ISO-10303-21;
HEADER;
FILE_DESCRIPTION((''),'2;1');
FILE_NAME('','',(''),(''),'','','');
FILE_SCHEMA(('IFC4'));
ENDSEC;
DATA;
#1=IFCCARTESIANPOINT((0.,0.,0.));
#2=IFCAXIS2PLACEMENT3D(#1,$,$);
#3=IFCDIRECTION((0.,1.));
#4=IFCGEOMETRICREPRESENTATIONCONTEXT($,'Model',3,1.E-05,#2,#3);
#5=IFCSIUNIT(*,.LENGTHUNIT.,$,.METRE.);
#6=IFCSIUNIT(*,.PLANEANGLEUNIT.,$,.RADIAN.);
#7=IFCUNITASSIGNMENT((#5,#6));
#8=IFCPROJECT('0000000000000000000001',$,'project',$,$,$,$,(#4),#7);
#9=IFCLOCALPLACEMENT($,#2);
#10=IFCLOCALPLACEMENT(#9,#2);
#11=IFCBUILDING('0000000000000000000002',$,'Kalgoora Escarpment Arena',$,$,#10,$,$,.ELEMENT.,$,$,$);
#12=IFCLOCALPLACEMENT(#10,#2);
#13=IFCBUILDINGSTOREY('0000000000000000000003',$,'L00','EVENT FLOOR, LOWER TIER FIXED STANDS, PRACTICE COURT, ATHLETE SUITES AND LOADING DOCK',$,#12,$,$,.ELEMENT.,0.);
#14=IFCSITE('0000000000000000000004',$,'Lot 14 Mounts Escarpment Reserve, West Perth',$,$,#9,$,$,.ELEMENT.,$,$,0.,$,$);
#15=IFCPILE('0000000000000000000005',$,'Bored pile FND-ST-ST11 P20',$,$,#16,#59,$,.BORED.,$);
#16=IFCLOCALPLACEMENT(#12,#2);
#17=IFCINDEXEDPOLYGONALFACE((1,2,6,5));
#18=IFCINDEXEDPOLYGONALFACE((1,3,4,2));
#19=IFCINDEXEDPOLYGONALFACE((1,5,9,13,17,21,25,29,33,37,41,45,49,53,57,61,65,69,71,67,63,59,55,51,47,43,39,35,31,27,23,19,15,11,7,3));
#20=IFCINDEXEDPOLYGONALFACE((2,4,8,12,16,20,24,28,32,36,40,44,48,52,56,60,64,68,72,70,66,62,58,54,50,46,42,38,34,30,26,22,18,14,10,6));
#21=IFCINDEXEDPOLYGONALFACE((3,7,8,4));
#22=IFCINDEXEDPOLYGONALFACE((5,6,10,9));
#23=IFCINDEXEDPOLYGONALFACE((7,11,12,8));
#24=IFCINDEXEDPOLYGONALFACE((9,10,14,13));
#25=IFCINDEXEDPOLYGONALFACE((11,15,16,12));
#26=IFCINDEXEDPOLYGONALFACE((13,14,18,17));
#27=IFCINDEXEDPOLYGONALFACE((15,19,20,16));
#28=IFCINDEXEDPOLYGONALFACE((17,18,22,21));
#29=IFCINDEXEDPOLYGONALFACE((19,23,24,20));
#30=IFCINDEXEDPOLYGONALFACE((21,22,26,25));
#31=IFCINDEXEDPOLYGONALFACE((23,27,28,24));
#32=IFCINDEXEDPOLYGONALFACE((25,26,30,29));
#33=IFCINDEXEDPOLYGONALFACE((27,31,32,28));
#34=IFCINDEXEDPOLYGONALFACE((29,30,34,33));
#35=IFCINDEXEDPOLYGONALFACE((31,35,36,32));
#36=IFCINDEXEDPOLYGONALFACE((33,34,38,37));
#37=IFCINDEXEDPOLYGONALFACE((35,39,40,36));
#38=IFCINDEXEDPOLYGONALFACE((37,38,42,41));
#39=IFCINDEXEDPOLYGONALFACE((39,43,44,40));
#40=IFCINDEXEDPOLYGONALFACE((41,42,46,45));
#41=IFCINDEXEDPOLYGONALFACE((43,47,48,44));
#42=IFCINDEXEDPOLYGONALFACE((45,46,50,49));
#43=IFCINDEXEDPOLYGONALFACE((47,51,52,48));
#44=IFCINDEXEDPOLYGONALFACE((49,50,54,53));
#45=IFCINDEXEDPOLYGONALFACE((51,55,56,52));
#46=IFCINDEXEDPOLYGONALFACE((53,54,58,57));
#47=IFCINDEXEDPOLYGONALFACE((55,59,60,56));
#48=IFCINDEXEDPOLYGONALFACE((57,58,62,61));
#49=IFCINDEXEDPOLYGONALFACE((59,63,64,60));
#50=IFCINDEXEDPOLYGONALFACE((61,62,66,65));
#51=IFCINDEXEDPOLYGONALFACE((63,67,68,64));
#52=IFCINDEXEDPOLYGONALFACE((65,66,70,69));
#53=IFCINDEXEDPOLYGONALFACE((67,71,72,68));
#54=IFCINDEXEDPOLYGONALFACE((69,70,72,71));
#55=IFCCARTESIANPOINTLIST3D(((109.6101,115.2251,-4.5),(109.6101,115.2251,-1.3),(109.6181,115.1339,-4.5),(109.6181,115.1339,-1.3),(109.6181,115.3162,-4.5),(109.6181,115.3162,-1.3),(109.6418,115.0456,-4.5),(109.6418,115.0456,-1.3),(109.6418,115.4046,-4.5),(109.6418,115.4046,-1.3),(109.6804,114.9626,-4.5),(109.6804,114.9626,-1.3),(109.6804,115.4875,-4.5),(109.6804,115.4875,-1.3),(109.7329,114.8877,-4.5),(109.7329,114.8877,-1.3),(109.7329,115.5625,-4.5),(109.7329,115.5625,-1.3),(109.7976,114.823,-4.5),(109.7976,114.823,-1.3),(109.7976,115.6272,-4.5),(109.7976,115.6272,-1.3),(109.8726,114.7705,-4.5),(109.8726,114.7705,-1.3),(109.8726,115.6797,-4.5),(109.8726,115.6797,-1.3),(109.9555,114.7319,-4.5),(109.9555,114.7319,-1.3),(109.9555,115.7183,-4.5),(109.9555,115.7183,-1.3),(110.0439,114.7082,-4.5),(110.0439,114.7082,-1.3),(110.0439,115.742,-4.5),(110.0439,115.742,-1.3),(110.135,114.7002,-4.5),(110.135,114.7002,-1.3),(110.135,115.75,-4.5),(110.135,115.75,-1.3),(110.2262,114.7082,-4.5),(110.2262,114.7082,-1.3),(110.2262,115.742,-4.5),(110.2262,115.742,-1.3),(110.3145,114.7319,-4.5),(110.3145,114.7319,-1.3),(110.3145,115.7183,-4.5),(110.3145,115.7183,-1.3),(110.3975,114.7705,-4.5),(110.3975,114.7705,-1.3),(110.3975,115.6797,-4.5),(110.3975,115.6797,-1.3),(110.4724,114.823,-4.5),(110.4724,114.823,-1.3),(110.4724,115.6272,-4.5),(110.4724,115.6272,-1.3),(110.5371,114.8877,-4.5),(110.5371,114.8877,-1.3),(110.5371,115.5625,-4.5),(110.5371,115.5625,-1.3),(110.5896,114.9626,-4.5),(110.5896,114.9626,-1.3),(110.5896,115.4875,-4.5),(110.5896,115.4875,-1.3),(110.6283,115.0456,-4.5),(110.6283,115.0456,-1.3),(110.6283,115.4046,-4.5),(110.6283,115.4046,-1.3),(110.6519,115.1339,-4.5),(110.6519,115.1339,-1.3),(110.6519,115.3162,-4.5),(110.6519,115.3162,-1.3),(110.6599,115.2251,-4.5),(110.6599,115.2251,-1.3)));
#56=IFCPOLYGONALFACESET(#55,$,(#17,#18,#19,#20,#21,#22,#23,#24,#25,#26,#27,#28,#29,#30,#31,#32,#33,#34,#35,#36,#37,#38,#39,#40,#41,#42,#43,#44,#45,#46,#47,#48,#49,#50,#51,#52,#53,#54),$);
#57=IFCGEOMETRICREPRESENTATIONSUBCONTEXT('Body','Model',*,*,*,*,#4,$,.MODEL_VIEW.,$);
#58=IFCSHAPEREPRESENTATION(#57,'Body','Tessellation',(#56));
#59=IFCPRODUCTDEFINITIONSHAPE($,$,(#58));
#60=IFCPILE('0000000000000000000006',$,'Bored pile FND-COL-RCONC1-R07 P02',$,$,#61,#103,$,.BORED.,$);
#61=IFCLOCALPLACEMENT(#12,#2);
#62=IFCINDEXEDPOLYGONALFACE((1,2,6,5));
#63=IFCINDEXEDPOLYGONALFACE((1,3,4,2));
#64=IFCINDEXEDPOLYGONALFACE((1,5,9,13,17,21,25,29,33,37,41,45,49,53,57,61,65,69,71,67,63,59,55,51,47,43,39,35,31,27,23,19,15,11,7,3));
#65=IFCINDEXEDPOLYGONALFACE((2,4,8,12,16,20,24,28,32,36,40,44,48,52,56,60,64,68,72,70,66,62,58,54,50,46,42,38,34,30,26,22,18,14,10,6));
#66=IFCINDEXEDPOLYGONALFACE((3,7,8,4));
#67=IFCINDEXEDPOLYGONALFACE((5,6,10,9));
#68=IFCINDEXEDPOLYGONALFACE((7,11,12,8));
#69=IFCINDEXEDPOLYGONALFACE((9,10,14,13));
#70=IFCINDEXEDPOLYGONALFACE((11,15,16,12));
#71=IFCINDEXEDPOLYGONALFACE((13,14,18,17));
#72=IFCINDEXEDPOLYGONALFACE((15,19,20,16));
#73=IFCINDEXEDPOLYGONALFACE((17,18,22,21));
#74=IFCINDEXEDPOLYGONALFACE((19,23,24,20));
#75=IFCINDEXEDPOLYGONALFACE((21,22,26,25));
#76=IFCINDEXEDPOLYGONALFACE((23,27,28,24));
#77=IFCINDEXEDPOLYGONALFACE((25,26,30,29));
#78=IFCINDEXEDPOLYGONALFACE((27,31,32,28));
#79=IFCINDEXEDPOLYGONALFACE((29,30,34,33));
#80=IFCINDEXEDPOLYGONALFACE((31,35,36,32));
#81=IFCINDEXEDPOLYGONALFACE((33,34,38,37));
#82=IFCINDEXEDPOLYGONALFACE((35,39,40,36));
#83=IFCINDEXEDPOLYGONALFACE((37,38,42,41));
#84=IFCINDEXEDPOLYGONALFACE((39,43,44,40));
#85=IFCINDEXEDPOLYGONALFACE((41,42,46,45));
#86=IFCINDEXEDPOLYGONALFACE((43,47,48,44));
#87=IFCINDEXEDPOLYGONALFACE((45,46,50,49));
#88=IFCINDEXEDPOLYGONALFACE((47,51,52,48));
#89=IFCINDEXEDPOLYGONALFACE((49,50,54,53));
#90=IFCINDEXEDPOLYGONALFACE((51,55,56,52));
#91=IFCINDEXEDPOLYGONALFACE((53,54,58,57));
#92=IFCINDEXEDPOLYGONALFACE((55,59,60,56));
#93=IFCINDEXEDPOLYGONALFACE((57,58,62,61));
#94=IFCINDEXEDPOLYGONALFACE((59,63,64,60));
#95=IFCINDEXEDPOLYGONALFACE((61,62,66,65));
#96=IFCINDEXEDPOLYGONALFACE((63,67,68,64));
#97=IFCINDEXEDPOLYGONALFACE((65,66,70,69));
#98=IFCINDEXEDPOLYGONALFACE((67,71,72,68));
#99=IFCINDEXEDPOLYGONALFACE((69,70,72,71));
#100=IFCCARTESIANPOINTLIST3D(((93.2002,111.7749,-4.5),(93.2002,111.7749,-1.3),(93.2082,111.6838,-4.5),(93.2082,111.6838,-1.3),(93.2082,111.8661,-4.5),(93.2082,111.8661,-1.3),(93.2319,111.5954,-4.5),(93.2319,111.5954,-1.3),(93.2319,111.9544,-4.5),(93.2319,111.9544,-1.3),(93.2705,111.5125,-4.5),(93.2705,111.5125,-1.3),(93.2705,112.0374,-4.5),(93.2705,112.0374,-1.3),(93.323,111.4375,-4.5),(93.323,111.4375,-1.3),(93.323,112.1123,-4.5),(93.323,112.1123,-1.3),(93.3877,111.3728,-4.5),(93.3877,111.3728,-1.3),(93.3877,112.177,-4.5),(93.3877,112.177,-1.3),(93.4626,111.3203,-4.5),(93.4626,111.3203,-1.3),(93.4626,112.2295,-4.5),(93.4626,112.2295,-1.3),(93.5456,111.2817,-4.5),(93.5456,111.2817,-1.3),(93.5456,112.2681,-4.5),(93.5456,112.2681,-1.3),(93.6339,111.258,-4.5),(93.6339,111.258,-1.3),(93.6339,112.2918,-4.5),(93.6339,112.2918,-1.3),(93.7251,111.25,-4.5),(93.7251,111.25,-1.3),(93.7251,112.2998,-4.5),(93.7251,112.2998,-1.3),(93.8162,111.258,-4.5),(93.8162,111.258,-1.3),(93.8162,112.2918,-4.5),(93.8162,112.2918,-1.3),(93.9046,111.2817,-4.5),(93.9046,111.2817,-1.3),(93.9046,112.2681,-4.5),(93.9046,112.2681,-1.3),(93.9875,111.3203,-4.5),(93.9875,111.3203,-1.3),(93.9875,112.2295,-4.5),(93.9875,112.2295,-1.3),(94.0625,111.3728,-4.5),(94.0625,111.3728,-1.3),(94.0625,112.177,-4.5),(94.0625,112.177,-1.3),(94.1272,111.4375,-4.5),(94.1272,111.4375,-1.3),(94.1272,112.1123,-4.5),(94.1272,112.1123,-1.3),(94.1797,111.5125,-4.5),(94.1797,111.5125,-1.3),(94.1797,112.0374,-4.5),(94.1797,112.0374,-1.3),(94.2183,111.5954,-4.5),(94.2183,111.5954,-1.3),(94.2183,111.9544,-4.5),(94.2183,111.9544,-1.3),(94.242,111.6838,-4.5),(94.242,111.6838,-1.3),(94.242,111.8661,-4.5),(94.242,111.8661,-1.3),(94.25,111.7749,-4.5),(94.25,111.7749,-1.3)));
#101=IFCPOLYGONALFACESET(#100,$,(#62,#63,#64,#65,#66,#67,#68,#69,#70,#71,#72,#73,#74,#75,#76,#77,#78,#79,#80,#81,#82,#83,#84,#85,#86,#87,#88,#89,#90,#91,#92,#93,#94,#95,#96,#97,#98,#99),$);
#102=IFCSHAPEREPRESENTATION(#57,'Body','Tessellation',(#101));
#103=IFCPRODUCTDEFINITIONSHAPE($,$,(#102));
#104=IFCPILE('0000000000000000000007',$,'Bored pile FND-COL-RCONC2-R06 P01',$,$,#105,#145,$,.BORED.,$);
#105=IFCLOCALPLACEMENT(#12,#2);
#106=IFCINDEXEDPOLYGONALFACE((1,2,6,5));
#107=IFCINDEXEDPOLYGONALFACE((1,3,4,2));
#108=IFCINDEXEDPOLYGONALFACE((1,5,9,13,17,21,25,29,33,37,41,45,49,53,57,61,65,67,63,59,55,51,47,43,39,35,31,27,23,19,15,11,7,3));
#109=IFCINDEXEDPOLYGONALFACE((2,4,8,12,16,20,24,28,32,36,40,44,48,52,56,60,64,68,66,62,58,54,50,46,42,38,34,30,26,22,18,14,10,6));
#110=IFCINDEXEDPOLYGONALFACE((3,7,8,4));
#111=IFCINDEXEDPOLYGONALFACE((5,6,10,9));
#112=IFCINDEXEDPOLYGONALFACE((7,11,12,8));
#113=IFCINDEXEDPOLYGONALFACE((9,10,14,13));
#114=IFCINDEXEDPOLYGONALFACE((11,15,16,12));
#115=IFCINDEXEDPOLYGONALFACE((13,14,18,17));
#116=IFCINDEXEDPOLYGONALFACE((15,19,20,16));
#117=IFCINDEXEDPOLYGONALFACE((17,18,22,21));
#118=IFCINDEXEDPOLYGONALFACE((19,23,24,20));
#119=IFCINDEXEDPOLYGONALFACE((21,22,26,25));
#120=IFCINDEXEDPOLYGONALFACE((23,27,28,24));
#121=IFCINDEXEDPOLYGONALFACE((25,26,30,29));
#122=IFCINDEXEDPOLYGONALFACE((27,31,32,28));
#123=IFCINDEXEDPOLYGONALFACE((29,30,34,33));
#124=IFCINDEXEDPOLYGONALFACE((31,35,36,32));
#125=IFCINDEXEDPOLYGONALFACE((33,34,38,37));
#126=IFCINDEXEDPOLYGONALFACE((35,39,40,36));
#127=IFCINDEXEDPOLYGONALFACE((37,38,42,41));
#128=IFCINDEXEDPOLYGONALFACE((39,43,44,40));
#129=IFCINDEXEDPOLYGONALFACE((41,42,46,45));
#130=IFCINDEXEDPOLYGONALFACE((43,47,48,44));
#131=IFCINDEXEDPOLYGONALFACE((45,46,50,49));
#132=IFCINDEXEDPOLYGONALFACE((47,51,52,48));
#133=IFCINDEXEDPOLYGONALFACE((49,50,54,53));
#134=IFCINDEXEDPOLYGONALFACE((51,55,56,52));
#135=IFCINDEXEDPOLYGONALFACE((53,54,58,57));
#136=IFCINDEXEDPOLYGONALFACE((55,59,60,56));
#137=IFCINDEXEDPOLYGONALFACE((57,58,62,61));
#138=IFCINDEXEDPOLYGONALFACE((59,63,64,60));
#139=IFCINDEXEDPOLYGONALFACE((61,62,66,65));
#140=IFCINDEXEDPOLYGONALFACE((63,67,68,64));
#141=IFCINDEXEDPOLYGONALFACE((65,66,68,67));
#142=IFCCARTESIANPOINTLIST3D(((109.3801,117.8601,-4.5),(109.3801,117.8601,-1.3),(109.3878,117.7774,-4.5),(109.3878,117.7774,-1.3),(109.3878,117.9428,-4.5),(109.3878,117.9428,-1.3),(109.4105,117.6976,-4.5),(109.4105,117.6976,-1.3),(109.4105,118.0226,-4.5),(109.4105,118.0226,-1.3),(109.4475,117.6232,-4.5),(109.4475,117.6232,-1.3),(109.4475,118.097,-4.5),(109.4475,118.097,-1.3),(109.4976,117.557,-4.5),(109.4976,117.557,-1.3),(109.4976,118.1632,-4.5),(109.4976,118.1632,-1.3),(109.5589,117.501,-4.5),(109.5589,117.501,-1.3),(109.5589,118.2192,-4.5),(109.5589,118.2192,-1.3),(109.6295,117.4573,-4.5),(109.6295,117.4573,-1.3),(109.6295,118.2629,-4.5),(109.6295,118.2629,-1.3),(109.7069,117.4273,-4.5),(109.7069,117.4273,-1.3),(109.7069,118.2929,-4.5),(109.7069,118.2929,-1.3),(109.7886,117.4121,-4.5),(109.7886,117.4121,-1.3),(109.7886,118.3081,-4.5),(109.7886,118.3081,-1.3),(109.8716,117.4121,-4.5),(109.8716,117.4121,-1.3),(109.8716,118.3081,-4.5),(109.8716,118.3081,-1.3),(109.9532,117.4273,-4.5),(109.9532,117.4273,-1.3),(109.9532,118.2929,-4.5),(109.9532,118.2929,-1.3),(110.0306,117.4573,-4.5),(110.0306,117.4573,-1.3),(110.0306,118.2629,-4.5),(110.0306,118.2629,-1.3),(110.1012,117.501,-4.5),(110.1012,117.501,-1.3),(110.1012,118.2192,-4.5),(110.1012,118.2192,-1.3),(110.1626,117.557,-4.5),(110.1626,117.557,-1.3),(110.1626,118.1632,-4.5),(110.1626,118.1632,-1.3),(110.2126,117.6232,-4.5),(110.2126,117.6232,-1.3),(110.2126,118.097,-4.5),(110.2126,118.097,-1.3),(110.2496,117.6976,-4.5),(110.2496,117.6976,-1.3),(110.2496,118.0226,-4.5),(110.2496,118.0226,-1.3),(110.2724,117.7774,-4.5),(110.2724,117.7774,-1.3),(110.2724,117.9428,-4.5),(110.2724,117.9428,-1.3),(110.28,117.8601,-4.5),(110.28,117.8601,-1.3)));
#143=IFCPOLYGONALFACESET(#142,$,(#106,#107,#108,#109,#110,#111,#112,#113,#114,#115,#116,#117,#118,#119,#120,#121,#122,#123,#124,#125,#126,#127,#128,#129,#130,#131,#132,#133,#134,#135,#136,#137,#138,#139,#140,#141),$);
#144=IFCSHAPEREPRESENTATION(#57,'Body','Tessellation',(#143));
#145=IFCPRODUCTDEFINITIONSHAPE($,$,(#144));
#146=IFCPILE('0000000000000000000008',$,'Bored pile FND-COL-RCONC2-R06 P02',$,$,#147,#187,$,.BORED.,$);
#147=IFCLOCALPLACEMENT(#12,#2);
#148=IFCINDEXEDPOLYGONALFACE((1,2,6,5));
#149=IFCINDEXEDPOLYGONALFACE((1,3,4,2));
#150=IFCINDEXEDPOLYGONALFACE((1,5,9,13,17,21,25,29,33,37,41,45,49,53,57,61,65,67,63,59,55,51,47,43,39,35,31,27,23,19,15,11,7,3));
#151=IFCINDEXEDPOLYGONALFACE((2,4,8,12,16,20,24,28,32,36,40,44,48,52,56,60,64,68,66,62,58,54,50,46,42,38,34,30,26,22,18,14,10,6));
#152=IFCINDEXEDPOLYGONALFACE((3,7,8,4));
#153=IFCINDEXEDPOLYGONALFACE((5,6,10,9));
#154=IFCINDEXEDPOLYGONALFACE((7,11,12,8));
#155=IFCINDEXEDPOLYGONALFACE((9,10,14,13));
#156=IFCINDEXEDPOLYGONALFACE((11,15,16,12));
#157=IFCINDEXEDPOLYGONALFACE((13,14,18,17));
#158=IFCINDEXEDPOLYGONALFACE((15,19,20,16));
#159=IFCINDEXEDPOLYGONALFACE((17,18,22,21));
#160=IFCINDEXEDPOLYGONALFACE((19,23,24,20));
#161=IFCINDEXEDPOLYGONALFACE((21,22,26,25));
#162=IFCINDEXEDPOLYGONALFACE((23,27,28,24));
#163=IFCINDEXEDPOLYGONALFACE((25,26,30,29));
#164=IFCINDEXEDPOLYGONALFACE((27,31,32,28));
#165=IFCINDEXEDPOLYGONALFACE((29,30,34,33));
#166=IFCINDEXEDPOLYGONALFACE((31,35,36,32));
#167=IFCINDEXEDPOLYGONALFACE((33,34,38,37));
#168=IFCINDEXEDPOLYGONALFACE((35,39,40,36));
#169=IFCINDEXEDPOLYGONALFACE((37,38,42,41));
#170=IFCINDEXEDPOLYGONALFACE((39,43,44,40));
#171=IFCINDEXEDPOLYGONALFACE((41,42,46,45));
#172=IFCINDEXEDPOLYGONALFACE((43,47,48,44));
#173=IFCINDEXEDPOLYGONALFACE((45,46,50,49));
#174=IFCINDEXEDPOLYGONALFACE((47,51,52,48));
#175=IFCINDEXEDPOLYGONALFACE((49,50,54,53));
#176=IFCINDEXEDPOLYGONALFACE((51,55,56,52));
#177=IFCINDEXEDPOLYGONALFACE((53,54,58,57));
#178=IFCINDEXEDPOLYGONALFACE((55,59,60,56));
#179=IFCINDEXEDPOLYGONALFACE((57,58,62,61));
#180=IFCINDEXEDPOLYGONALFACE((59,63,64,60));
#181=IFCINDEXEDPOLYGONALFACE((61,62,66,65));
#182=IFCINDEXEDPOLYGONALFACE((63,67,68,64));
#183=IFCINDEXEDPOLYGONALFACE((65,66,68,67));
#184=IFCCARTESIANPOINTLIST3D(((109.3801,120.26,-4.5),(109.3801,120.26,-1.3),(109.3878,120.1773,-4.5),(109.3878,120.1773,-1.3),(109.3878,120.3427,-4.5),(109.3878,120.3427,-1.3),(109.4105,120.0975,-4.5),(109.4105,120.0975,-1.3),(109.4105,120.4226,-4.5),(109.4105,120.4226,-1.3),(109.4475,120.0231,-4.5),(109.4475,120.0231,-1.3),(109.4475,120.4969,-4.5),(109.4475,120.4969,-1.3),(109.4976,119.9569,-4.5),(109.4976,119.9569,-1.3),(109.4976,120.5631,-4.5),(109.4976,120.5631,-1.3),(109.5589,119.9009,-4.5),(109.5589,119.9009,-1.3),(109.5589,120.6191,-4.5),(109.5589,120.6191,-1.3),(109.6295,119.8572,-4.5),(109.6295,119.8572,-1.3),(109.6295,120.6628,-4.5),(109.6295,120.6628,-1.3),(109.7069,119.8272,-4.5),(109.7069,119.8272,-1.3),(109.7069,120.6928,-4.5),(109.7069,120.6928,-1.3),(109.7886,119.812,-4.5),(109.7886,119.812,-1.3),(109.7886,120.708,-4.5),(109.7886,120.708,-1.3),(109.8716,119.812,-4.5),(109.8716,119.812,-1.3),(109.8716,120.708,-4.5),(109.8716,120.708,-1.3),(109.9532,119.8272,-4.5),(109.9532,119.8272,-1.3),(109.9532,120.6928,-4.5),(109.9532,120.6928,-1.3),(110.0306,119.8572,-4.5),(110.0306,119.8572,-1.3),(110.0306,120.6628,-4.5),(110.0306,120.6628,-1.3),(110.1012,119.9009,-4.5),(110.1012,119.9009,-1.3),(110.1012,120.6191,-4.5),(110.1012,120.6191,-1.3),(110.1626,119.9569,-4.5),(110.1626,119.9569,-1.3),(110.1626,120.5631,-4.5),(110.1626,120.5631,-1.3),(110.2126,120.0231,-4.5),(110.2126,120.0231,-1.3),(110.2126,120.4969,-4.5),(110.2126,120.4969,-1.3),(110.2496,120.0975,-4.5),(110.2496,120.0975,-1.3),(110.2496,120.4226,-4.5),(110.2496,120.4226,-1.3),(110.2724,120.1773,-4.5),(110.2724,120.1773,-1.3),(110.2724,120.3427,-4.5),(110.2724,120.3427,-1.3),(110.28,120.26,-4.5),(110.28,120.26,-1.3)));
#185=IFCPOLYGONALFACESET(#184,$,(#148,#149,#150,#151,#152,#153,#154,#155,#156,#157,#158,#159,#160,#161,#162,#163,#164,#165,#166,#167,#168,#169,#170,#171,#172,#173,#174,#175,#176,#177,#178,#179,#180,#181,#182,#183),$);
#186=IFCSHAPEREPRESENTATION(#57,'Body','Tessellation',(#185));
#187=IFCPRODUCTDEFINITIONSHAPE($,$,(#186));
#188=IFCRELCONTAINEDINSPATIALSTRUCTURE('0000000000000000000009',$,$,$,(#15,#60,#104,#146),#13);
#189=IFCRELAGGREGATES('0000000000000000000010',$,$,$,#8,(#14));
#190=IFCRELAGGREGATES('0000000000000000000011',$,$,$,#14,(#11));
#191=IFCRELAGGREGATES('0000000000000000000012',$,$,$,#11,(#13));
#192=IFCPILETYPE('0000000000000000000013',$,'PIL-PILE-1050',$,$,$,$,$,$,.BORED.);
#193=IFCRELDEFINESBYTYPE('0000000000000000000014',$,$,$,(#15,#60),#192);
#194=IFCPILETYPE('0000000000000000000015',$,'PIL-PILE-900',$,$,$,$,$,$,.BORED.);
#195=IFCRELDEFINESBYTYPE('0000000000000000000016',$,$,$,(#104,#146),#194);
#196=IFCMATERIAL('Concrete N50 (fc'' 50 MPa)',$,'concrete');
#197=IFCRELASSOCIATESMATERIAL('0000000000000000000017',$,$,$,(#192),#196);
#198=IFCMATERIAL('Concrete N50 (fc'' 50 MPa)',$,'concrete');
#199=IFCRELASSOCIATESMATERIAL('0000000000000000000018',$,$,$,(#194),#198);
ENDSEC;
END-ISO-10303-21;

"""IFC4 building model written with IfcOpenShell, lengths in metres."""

from ifc_helpers import new_model, si_unit, direction, frame, origin, origin_2d, place, context, subcontext, project, spatial, circle, extrude, material, material_profile, profile_set, type_object, element, save


model = new_model("IFC4")

# Units and contexts
model_context = context("Model", 3, precision=1e-05, world=origin(), true_north=direction((0.0, 1.0)))
body_context = subcontext(model_context, "Body", "Model", "MODEL_VIEW")
ifc_project = project(units=[si_unit("LENGTHUNIT", "METRE"), si_unit("PLANEANGLEUNIT", "RADIAN")], contexts=[model_context])

# Site, building, storey
site_placement = place(None, origin())
site = spatial("IfcSite", under=ifc_project, at=site_placement, Name="Lot 14 Mounts Escarpment Reserve, West Perth", CompositionType="ELEMENT", RefElevation=0.0)
building_placement = place(site_placement, origin())
building = spatial("IfcBuilding", under=site, at=building_placement, Name="Kalgoora Escarpment Arena", CompositionType="ELEMENT")
storey_placement = place(building_placement, origin())
storey = spatial("IfcBuildingStorey", under=building, at=storey_placement, Name="L00", Description="EVENT FLOOR, LOWER TIER FIXED STANDS, PRACTICE COURT, ATHLETE SUITES AND LOADING DOCK", CompositionType="ELEMENT", Elevation=0.0)

# Piles
ifc_material_1 = material(Name="Concrete N50 (fc' 50 MPa)", Category="concrete")
ifc_material_profile_1 = material_profile(ifc_material_1, circle(Radius=0.5249, at=origin_2d()))
ifc_profile_set_1 = profile_set([ifc_material_profile_1], Name="Concrete N50 (fc' 50 MPa)")
pile_type_1 = type_object("IfcPileType", Name="PIL-PILE-1050", PredefinedType="BORED", material=ifc_profile_set_1)
for number, where, z_axis, x_axis, name in (
    (1, (110.135, 115.2251, -1.3), (0.0, 0.0, -1.0), (1.0, 0.0, 0.0), "Bored pile FND-ST-ST11 P20"),
    (2, (93.7251, 111.7749, -1.3), (0.0, 0.0, -1.0), (1.0, 0.0, 0.0), "Bored pile FND-COL-RCONC1-R07 P02"),
):
    element("IfcPile", number, at=place(storey_placement, frame(where, z_axis=z_axis, x_axis=x_axis)), inside=storey, type_object=pile_type_1, Name=name, PredefinedType="BORED", context=body_context, shape_type="SweptSolid", body=[
        extrude(circle(Radius=0.5249, at=origin_2d()), origin(), (0.0, 0.0, 1.0), 3.2),
    ])
ifc_material_2 = material(Name="Concrete N50 (fc' 50 MPa)", Category="concrete")
ifc_material_profile_2 = material_profile(ifc_material_2, circle(Radius=0.45, at=origin_2d()))
ifc_profile_set_2 = profile_set([ifc_material_profile_2], Name="Concrete N50 (fc' 50 MPa)")
pile_type_2 = type_object("IfcPileType", Name="PIL-PILE-900", PredefinedType="BORED", material=ifc_profile_set_2)
for number, where, z_axis, x_axis, name in (
    (3, (109.8301, 117.8601, -1.3), (0.0, 0.0, -1.0), (1.0, 0.0, 0.0), "Bored pile FND-COL-RCONC2-R06 P01"),
    (4, (109.8301, 120.26, -1.3), (0.0, 0.0, -1.0), (1.0, 0.0, 0.0), "Bored pile FND-COL-RCONC2-R06 P02"),
):
    element("IfcPile", number, at=place(storey_placement, frame(where, z_axis=z_axis, x_axis=x_axis)), inside=storey, type_object=pile_type_2, Name=name, PredefinedType="BORED", context=body_context, shape_type="SweptSolid", body=[
        extrude(circle(Radius=0.45, at=origin_2d()), origin(), (0.0, 0.0, 1.0), 3.2),
    ])

save(model, "model.ifc")
